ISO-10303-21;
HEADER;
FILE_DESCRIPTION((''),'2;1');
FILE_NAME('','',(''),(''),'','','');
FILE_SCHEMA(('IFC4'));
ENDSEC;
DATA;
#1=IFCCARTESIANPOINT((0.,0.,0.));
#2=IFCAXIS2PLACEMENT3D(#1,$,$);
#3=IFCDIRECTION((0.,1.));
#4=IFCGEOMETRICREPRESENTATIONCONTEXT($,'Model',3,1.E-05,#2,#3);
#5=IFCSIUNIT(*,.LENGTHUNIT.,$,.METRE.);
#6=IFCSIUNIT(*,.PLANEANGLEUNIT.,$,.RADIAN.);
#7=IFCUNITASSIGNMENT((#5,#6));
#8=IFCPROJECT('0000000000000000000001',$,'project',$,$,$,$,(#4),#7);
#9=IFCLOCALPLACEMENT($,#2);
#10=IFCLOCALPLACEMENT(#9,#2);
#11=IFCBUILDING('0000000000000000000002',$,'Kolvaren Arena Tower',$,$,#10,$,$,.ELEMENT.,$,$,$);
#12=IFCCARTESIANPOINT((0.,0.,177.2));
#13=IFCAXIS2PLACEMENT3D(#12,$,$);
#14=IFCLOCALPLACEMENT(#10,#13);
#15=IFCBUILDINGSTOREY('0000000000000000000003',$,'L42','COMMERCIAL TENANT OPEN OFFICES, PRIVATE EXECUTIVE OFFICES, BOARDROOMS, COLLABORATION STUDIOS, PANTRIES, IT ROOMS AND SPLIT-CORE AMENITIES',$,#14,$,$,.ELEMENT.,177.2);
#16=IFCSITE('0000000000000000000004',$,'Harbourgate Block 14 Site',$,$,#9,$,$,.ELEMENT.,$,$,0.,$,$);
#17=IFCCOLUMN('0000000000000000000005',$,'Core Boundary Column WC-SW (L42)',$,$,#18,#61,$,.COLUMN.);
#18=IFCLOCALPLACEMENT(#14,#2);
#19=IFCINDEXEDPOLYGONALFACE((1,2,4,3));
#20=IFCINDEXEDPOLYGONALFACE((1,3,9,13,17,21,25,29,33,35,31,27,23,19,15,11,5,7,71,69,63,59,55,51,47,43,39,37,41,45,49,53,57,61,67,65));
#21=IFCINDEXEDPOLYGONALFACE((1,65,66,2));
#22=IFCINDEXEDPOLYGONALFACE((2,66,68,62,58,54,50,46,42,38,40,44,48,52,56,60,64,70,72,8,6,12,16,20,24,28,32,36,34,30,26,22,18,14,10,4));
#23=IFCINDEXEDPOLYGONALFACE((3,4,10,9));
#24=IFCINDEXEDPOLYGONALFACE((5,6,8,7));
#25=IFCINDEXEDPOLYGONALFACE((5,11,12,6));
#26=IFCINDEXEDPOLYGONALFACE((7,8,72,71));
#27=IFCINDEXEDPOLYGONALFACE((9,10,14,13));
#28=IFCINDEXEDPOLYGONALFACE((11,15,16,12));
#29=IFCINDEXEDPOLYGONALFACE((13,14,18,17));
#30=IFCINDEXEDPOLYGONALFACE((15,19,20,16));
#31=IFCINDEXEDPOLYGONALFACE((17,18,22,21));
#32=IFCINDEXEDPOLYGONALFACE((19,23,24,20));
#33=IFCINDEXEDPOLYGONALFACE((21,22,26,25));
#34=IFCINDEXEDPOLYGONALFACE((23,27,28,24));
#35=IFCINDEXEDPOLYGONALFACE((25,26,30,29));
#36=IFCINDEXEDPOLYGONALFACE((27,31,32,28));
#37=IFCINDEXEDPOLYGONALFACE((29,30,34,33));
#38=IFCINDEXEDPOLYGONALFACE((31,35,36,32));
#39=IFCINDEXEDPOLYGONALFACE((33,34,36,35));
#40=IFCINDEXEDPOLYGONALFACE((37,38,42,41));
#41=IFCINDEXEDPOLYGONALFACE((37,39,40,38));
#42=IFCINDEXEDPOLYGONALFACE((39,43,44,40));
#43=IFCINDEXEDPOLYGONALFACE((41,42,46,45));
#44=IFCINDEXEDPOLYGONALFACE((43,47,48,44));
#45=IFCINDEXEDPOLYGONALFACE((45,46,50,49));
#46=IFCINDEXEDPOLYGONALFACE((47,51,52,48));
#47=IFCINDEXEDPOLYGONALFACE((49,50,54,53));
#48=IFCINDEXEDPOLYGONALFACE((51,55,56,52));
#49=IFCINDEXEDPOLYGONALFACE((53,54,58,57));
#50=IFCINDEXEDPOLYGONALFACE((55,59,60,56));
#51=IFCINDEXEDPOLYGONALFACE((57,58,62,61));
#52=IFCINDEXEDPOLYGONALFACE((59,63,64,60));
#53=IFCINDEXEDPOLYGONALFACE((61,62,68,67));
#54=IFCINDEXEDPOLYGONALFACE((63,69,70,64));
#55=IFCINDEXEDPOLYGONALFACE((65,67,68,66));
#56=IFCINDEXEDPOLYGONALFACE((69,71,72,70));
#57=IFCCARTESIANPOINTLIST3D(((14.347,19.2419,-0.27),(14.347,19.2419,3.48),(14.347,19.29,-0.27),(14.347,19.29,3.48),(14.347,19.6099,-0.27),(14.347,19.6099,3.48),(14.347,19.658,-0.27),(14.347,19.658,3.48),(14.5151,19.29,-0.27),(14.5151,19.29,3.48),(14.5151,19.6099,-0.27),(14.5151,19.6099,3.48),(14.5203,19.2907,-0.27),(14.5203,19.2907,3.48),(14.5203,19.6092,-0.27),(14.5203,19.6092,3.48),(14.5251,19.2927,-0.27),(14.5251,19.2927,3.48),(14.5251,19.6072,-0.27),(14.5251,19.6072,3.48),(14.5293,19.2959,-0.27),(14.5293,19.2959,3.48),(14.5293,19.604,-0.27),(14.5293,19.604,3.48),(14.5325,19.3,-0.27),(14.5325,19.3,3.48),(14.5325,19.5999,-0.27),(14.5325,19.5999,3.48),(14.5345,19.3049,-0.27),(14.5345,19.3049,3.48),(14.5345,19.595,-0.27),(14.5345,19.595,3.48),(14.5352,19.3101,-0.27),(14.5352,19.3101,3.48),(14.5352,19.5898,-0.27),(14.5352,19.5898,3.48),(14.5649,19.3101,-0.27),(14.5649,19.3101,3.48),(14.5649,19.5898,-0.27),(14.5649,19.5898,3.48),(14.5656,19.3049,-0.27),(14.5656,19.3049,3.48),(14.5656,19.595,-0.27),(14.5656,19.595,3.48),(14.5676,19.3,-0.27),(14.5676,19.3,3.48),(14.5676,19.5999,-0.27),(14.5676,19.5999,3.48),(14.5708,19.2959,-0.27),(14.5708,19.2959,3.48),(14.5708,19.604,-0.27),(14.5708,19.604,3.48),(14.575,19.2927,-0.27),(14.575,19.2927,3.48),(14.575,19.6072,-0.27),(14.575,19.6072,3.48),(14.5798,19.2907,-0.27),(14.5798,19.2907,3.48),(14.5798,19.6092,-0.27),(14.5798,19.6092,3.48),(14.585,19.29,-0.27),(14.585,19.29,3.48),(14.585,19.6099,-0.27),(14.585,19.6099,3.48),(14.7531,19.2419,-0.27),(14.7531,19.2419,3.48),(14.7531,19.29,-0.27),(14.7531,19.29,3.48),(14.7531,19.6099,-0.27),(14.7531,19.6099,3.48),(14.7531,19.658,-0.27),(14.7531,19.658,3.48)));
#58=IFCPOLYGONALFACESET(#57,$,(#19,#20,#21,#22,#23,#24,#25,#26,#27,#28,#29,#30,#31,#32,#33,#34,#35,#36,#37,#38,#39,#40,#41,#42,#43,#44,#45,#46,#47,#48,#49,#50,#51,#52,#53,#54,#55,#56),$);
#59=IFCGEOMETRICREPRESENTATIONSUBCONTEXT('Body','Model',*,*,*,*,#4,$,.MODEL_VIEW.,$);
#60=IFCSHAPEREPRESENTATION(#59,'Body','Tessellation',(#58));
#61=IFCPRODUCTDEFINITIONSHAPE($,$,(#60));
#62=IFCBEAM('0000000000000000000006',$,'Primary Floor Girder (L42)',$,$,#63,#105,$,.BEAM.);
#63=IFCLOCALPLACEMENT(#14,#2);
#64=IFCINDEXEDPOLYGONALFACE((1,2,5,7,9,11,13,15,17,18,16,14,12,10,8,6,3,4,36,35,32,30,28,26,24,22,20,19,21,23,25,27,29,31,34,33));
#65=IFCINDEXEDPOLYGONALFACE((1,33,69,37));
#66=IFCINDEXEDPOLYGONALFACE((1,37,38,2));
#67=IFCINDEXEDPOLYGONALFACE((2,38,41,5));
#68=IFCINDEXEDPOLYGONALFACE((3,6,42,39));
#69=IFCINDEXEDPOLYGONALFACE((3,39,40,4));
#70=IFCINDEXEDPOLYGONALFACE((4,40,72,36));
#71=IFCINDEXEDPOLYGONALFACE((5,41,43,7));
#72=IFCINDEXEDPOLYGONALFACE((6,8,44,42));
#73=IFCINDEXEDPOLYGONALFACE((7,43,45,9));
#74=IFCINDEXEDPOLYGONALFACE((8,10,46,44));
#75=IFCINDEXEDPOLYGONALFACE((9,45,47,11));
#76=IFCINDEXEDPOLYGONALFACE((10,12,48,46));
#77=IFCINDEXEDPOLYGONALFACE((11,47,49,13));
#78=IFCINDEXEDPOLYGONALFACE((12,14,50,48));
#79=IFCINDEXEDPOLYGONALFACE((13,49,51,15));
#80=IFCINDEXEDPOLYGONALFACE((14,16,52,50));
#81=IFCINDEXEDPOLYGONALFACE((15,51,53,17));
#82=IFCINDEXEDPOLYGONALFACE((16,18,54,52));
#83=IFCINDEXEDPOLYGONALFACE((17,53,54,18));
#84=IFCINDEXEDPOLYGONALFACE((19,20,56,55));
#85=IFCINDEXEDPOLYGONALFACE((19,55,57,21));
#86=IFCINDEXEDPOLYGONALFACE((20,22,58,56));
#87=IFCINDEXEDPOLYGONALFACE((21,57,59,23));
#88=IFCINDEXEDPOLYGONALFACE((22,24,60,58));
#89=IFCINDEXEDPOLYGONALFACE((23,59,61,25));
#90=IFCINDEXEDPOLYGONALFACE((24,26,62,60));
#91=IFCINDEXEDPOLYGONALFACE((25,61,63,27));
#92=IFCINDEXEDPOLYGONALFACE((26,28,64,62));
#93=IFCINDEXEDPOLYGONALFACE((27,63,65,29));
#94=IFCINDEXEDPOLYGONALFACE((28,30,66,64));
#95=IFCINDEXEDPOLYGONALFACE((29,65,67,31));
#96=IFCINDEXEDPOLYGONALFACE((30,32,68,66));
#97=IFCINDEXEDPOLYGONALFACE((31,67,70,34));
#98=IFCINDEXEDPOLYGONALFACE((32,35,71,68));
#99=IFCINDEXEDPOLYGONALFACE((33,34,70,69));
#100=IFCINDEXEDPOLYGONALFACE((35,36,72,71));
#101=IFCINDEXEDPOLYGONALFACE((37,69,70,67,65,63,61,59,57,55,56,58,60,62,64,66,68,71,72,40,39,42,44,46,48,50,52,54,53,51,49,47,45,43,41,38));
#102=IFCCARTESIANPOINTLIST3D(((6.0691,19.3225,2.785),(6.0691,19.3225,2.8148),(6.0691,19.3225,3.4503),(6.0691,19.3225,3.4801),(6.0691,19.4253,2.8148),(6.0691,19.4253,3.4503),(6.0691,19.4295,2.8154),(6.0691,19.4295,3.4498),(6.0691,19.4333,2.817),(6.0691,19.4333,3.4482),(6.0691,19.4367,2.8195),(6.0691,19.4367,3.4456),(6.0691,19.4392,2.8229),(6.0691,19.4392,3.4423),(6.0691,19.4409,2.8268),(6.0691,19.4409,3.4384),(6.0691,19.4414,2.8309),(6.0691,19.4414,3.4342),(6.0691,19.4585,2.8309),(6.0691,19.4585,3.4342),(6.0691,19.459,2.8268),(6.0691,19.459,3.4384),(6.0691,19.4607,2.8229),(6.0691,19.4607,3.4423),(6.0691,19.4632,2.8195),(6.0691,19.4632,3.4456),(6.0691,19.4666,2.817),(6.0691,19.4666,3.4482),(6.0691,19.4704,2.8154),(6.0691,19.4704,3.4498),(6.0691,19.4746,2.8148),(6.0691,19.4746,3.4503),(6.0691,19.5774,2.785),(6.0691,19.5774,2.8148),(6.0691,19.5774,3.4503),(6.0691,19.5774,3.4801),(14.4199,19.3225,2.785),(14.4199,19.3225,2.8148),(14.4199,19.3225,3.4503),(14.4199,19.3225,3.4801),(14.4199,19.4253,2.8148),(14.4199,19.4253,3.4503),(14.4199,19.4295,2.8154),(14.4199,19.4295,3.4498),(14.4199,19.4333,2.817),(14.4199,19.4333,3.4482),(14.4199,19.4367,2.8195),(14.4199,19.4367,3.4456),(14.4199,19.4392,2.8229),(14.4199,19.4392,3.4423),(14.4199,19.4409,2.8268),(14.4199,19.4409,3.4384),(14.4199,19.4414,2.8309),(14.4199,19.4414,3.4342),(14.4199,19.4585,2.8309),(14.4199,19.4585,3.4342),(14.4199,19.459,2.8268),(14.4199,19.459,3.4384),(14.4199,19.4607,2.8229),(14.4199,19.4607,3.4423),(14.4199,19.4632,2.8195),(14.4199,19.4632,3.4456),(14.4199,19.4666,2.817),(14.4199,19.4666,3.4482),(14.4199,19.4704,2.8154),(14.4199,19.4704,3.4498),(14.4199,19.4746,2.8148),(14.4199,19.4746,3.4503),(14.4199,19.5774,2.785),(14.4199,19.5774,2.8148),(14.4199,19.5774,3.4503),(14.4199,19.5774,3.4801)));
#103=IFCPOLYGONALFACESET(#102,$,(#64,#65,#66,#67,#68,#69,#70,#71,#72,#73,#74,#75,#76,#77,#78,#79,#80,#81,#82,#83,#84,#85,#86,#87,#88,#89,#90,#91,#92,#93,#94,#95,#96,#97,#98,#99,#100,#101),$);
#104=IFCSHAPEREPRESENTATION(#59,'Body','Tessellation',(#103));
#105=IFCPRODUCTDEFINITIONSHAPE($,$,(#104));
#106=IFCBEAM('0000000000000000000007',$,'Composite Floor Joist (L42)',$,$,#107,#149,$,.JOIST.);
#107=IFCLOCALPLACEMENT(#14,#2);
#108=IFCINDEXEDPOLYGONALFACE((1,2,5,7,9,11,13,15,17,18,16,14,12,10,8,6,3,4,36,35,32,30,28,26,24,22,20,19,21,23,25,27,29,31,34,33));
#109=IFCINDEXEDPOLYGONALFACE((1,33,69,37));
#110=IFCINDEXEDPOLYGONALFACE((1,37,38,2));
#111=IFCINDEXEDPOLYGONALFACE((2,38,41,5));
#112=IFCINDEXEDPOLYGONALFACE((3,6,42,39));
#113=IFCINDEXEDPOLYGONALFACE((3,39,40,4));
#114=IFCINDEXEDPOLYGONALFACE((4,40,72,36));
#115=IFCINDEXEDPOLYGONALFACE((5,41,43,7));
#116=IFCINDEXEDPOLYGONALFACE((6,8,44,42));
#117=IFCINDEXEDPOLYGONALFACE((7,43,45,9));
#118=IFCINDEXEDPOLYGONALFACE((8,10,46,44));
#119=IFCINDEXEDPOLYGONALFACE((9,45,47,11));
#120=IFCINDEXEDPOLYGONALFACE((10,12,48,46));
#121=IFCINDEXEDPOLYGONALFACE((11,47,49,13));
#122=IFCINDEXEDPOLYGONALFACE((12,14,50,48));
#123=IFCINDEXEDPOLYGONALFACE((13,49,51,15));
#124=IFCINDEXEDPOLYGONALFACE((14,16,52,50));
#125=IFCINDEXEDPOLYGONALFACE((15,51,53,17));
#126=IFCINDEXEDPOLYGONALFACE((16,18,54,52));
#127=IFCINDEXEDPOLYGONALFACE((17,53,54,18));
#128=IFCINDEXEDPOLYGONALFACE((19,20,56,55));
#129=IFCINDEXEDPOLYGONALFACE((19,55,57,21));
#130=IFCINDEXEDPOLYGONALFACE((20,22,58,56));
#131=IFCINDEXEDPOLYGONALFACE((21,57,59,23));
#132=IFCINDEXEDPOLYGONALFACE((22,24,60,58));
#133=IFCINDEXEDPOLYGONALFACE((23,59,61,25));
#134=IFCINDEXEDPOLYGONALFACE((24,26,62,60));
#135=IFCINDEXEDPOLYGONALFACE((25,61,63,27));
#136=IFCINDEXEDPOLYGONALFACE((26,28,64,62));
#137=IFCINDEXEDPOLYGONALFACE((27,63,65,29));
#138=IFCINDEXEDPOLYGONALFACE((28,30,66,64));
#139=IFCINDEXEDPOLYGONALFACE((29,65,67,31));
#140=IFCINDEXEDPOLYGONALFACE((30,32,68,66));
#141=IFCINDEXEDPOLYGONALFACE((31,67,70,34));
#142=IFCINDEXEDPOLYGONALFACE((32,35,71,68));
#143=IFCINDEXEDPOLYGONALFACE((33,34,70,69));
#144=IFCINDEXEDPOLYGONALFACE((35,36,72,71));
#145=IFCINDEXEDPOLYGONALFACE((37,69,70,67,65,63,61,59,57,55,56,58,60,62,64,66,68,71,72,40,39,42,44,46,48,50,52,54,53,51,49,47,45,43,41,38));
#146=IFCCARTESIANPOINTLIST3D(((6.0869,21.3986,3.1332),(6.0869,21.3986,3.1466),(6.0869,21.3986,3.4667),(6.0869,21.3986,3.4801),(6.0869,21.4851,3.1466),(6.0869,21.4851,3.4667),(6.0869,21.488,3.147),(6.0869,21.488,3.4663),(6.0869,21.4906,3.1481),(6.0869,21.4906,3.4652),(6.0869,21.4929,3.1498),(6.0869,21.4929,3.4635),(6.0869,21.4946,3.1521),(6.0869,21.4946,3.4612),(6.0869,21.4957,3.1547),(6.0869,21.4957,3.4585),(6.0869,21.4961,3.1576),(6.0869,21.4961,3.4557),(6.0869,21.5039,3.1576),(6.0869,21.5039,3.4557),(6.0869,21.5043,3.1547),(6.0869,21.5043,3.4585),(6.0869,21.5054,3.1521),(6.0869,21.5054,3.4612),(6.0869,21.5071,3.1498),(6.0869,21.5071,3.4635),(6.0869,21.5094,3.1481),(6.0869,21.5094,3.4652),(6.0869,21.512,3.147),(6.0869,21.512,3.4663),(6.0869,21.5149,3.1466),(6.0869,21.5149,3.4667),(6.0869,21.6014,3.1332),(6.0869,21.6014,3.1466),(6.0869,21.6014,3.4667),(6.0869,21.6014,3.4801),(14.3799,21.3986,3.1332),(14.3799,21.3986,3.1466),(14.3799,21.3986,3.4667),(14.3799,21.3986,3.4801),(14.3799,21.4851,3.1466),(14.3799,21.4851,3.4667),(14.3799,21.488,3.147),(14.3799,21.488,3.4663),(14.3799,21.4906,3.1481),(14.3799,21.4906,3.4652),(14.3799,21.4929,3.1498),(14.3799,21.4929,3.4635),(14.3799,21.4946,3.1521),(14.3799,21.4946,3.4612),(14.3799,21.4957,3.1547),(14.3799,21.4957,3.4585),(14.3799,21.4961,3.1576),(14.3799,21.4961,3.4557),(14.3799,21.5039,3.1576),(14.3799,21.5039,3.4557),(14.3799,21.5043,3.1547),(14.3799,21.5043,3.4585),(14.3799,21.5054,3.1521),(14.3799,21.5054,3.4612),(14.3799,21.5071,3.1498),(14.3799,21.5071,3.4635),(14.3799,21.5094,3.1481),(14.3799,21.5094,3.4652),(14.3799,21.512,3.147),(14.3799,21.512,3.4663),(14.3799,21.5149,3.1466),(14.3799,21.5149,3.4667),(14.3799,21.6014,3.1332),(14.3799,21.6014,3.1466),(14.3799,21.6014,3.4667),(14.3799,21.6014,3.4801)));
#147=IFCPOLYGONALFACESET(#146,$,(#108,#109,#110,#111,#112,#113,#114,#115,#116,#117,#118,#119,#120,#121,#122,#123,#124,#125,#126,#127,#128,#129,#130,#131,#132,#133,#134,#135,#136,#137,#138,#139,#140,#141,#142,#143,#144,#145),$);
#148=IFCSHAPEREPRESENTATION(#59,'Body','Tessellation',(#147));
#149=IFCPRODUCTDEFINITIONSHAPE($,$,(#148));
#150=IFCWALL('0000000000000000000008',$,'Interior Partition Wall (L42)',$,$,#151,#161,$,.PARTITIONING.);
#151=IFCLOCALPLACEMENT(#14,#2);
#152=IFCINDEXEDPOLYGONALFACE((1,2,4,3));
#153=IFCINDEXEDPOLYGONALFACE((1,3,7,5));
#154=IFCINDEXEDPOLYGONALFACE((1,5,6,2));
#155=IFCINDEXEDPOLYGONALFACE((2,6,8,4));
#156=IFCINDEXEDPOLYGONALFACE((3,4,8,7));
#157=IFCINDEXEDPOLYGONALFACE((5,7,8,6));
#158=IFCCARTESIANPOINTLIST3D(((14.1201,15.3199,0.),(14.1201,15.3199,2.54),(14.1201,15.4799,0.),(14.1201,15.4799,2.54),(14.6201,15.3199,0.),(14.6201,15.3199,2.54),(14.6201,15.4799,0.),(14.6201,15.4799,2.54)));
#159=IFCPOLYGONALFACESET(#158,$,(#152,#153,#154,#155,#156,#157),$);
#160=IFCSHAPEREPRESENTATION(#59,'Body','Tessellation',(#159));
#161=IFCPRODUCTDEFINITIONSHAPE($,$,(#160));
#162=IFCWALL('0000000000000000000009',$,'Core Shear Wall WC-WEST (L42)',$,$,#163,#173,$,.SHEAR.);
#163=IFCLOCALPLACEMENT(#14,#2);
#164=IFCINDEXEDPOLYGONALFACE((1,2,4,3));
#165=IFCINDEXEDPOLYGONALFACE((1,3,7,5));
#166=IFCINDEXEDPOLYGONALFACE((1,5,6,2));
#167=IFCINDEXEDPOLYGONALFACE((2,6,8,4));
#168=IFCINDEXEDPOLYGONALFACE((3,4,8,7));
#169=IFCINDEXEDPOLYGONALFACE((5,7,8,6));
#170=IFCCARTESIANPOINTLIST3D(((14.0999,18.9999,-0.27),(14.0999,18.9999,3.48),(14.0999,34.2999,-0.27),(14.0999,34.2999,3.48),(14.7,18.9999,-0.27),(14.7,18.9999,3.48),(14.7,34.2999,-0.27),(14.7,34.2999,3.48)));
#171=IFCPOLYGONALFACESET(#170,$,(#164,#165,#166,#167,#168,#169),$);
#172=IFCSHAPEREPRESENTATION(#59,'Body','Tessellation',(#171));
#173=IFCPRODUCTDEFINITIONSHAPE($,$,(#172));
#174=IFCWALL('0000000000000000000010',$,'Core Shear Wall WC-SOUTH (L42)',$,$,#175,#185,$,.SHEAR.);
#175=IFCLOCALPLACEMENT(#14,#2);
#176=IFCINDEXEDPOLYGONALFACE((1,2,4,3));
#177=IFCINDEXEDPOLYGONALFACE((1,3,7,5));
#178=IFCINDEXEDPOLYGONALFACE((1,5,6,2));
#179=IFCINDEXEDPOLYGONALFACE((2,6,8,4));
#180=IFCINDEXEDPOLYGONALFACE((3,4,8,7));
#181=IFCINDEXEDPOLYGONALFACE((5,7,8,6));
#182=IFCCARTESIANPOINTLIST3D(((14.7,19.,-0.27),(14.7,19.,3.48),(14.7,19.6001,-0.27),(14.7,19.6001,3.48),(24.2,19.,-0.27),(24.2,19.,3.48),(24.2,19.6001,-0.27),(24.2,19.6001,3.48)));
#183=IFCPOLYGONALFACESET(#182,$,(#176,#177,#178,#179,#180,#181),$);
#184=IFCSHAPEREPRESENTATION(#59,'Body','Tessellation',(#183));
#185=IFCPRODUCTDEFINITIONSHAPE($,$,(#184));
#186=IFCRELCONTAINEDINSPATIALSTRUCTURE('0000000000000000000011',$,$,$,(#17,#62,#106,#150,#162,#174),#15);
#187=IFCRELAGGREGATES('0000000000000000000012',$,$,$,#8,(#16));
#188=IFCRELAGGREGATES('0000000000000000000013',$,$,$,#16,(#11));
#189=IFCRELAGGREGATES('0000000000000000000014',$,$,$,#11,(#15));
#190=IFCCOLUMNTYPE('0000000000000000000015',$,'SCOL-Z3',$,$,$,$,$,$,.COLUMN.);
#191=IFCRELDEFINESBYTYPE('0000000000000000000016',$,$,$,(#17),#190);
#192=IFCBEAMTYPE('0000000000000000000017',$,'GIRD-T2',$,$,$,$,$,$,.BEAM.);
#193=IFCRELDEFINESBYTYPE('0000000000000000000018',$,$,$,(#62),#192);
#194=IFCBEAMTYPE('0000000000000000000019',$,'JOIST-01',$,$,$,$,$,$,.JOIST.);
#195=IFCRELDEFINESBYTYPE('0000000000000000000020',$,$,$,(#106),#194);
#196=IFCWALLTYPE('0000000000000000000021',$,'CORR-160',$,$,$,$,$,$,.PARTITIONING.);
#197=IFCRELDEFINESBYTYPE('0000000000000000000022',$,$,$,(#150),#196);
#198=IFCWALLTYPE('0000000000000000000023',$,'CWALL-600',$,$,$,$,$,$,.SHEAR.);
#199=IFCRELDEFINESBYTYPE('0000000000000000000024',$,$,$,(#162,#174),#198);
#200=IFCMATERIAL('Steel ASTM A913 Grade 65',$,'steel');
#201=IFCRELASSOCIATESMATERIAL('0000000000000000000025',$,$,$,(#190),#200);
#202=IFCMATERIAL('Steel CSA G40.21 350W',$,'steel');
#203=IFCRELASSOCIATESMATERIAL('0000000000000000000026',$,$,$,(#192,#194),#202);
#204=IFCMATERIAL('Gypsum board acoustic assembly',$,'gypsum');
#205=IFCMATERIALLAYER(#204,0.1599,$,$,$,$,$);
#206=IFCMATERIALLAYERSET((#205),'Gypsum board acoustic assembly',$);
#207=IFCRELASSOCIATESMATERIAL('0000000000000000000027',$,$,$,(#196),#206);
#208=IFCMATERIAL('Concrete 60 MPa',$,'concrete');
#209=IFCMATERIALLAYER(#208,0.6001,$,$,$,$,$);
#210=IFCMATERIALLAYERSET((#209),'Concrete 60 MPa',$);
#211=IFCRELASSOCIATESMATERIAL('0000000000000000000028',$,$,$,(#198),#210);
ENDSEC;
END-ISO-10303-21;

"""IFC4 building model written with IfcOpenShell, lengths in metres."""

from ifc_helpers import new_model, si_unit, direction, frame, frame_2d, origin, origin_2d, place, context, subcontext, project, spatial, rectangle, i_section, extrude, material, layer, layer_set, material_profile, profile_set, type_object, element, save


model = new_model("IFC4")

# Units and contexts
model_context = context("Model", 3, precision=1e-05, world=origin(), true_north=direction((0.0, 1.0)))
body_context = subcontext(model_context, "Body", "Model", "MODEL_VIEW")
ifc_project = project(units=[si_unit("LENGTHUNIT", "METRE"), si_unit("PLANEANGLEUNIT", "RADIAN")], contexts=[model_context])

# Site, building, storey
site_placement = place(None, origin())
site = spatial("IfcSite", under=ifc_project, at=site_placement, Name="Harbourgate Block 14 Site", CompositionType="ELEMENT", RefElevation=0.0)
building_placement = place(site_placement, origin())
building = spatial("IfcBuilding", under=site, at=building_placement, Name="Kolvaren Arena Tower", CompositionType="ELEMENT")
storey_placement = place(building_placement, frame((0.0, 0.0, 177.2)))
storey = spatial("IfcBuildingStorey", under=building, at=storey_placement, Name="L42", Description="COMMERCIAL TENANT OPEN OFFICES, PRIVATE EXECUTIVE OFFICES, BOARDROOMS, COLLABORATION STUDIOS, PANTRIES, IT ROOMS AND SPLIT-CORE AMENITIES", CompositionType="ELEMENT", Elevation=177.2)

# Column
ifc_material_1 = material(Name="Steel ASTM A913 Grade 65", Category="steel")
ifc_material_profile_1 = material_profile(ifc_material_1, i_section(OverallWidth=0.406, OverallDepth=0.416, WebThickness=0.0298, FlangeThickness=0.0481, FilletRadius=0.02, at=origin_2d()), Name="W360x382")
ifc_profile_set_1 = profile_set([ifc_material_profile_1], Name="Steel ASTM A913 Grade 65")
column_type = type_object("IfcColumnType", Name="SCOL-Z3", PredefinedType="COLUMN", material=ifc_profile_set_1)
column_placement = place(storey_placement, frame((14.55, 19.45, -0.27), z_axis=(0.0, 0.0, 1.0), x_axis=(1.0, 0.0, 0.0)))
element("IfcColumn", 1, at=column_placement, inside=storey, type_object=column_type, Name="Core Boundary Column WC-SW (L42)", PredefinedType="COLUMN", context=body_context, shape_type="SweptSolid", body=[
    extrude(i_section(OverallWidth=0.406, OverallDepth=0.416, WebThickness=0.0298, FlangeThickness=0.0481, FilletRadius=0.02, at=origin_2d()), origin(), (0.0, 0.0, 1.0), 3.75),
])

# Beams
ifc_material_2 = material(Name="Steel CSA G40.21 350W", Category="steel")
ifc_material_profile_2 = material_profile(ifc_material_2, i_section(OverallWidth=0.2549, OverallDepth=0.6951, WebThickness=0.0171, FlangeThickness=0.0298, FilletRadius=0.0161, at=origin_2d()), Name="W690x217")
ifc_profile_set_2 = profile_set([ifc_material_profile_2], Name="Steel CSA G40.21 350W")
beam_type_1 = type_object("IfcBeamType", Name="GIRD-T2", PredefinedType="BEAM", material=ifc_profile_set_2)
beam_1_placement = place(storey_placement, frame((6.0691, 19.45, 3.1326), z_axis=(1.0, 0.0, 0.0), x_axis=(0.0, 1.0, 0.0)))
element("IfcBeam", 2, at=beam_1_placement, inside=storey, type_object=beam_type_1, Name="Primary Floor Girder (L42)", PredefinedType="BEAM", context=body_context, shape_type="SweptSolid", body=[
    extrude(i_section(OverallWidth=0.2549, OverallDepth=0.6951, WebThickness=0.0171, FlangeThickness=0.0298, FilletRadius=0.0161, at=origin_2d()), origin(), (0.0, 0.0, 1.0), 8.3508),
])
ifc_material_profile_3 = material_profile(ifc_material_2, i_section(OverallWidth=0.2029, OverallDepth=0.3469, WebThickness=0.0078, FlangeThickness=0.0134, FilletRadius=0.011, at=origin_2d()), Name="W360x64")
ifc_profile_set_3 = profile_set([ifc_material_profile_3], Name="Steel CSA G40.21 350W")
beam_type_2 = type_object("IfcBeamType", Name="JOIST-01", PredefinedType="JOIST", material=ifc_profile_set_3)
beam_2_placement = place(storey_placement, frame((6.0869, 21.5, 3.3066), z_axis=(1.0, 0.0, 0.0), x_axis=(0.0, 1.0, 0.0)))
element("IfcBeam", 3, at=beam_2_placement, inside=storey, type_object=beam_type_2, Name="Composite Floor Joist (L42)", PredefinedType="JOIST", context=body_context, shape_type="SweptSolid", body=[
    extrude(i_section(OverallWidth=0.2029, OverallDepth=0.3469, WebThickness=0.0078, FlangeThickness=0.0134, FilletRadius=0.011, at=origin_2d()), origin(), (0.0, 0.0, 1.0), 8.293),
])

# Walls
ifc_material_3 = material(Name="Gypsum board acoustic assembly", Category="gypsum")
ifc_layer_1 = layer(ifc_material_3, 0.1599)
ifc_layer_set_1 = layer_set([ifc_layer_1], Name="Gypsum board acoustic assembly")
wall_type_1 = type_object("IfcWallType", Name="CORR-160", PredefinedType="PARTITIONING", material=ifc_layer_set_1)
wall_1_placement = place(storey_placement, frame((14.1201, 15.3999, 0.0), z_axis=(0.0, 0.0, 1.0), x_axis=(1.0, 0.0, 0.0)))
element("IfcWall", 4, at=wall_1_placement, inside=storey, type_object=wall_type_1, Name="Interior Partition Wall (L42)", PredefinedType="PARTITIONING", context=body_context, shape_type="SweptSolid", body=[
    extrude(rectangle(XDim=0.5, YDim=0.1599, at=frame_2d((0.25, 0.0))), origin(), (0.0, 0.0, 1.0), 2.54),
])
ifc_material_4 = material(Name="Concrete 60 MPa", Category="concrete")
ifc_layer_2 = layer(ifc_material_4, 0.6001)
ifc_layer_set_2 = layer_set([ifc_layer_2], Name="Concrete 60 MPa")
wall_type_2 = type_object("IfcWallType", Name="CWALL-600", PredefinedType="SHEAR", material=ifc_layer_set_2)
wall_2_placement = place(storey_placement, frame((14.3999, 19.0, -0.27), z_axis=(0.0, 0.0, 1.0), x_axis=(0.0, 1.0, 0.0)))
element("IfcWall", 5, at=wall_2_placement, inside=storey, type_object=wall_type_2, Name="Core Shear Wall WC-WEST (L42)", PredefinedType="SHEAR", context=body_context, shape_type="SweptSolid", body=[
    extrude(rectangle(XDim=15.3, YDim=0.6001, at=frame_2d((7.6499, 0.0))), origin(), (0.0, 0.0, 1.0), 3.75),
])
wall_3_placement = place(storey_placement, frame((14.7, 19.3, -0.27), z_axis=(0.0, 0.0, 1.0), x_axis=(1.0, 0.0, 0.0)))
element("IfcWall", 6, at=wall_3_placement, inside=storey, type_object=wall_type_2, Name="Core Shear Wall WC-SOUTH (L42)", PredefinedType="SHEAR", context=body_context, shape_type="SweptSolid", body=[
    extrude(rectangle(XDim=9.5, YDim=0.6001, at=frame_2d((4.75, 0.0))), origin(), (0.0, 0.0, 1.0), 3.75),
])

save(model, "model.ifc")
